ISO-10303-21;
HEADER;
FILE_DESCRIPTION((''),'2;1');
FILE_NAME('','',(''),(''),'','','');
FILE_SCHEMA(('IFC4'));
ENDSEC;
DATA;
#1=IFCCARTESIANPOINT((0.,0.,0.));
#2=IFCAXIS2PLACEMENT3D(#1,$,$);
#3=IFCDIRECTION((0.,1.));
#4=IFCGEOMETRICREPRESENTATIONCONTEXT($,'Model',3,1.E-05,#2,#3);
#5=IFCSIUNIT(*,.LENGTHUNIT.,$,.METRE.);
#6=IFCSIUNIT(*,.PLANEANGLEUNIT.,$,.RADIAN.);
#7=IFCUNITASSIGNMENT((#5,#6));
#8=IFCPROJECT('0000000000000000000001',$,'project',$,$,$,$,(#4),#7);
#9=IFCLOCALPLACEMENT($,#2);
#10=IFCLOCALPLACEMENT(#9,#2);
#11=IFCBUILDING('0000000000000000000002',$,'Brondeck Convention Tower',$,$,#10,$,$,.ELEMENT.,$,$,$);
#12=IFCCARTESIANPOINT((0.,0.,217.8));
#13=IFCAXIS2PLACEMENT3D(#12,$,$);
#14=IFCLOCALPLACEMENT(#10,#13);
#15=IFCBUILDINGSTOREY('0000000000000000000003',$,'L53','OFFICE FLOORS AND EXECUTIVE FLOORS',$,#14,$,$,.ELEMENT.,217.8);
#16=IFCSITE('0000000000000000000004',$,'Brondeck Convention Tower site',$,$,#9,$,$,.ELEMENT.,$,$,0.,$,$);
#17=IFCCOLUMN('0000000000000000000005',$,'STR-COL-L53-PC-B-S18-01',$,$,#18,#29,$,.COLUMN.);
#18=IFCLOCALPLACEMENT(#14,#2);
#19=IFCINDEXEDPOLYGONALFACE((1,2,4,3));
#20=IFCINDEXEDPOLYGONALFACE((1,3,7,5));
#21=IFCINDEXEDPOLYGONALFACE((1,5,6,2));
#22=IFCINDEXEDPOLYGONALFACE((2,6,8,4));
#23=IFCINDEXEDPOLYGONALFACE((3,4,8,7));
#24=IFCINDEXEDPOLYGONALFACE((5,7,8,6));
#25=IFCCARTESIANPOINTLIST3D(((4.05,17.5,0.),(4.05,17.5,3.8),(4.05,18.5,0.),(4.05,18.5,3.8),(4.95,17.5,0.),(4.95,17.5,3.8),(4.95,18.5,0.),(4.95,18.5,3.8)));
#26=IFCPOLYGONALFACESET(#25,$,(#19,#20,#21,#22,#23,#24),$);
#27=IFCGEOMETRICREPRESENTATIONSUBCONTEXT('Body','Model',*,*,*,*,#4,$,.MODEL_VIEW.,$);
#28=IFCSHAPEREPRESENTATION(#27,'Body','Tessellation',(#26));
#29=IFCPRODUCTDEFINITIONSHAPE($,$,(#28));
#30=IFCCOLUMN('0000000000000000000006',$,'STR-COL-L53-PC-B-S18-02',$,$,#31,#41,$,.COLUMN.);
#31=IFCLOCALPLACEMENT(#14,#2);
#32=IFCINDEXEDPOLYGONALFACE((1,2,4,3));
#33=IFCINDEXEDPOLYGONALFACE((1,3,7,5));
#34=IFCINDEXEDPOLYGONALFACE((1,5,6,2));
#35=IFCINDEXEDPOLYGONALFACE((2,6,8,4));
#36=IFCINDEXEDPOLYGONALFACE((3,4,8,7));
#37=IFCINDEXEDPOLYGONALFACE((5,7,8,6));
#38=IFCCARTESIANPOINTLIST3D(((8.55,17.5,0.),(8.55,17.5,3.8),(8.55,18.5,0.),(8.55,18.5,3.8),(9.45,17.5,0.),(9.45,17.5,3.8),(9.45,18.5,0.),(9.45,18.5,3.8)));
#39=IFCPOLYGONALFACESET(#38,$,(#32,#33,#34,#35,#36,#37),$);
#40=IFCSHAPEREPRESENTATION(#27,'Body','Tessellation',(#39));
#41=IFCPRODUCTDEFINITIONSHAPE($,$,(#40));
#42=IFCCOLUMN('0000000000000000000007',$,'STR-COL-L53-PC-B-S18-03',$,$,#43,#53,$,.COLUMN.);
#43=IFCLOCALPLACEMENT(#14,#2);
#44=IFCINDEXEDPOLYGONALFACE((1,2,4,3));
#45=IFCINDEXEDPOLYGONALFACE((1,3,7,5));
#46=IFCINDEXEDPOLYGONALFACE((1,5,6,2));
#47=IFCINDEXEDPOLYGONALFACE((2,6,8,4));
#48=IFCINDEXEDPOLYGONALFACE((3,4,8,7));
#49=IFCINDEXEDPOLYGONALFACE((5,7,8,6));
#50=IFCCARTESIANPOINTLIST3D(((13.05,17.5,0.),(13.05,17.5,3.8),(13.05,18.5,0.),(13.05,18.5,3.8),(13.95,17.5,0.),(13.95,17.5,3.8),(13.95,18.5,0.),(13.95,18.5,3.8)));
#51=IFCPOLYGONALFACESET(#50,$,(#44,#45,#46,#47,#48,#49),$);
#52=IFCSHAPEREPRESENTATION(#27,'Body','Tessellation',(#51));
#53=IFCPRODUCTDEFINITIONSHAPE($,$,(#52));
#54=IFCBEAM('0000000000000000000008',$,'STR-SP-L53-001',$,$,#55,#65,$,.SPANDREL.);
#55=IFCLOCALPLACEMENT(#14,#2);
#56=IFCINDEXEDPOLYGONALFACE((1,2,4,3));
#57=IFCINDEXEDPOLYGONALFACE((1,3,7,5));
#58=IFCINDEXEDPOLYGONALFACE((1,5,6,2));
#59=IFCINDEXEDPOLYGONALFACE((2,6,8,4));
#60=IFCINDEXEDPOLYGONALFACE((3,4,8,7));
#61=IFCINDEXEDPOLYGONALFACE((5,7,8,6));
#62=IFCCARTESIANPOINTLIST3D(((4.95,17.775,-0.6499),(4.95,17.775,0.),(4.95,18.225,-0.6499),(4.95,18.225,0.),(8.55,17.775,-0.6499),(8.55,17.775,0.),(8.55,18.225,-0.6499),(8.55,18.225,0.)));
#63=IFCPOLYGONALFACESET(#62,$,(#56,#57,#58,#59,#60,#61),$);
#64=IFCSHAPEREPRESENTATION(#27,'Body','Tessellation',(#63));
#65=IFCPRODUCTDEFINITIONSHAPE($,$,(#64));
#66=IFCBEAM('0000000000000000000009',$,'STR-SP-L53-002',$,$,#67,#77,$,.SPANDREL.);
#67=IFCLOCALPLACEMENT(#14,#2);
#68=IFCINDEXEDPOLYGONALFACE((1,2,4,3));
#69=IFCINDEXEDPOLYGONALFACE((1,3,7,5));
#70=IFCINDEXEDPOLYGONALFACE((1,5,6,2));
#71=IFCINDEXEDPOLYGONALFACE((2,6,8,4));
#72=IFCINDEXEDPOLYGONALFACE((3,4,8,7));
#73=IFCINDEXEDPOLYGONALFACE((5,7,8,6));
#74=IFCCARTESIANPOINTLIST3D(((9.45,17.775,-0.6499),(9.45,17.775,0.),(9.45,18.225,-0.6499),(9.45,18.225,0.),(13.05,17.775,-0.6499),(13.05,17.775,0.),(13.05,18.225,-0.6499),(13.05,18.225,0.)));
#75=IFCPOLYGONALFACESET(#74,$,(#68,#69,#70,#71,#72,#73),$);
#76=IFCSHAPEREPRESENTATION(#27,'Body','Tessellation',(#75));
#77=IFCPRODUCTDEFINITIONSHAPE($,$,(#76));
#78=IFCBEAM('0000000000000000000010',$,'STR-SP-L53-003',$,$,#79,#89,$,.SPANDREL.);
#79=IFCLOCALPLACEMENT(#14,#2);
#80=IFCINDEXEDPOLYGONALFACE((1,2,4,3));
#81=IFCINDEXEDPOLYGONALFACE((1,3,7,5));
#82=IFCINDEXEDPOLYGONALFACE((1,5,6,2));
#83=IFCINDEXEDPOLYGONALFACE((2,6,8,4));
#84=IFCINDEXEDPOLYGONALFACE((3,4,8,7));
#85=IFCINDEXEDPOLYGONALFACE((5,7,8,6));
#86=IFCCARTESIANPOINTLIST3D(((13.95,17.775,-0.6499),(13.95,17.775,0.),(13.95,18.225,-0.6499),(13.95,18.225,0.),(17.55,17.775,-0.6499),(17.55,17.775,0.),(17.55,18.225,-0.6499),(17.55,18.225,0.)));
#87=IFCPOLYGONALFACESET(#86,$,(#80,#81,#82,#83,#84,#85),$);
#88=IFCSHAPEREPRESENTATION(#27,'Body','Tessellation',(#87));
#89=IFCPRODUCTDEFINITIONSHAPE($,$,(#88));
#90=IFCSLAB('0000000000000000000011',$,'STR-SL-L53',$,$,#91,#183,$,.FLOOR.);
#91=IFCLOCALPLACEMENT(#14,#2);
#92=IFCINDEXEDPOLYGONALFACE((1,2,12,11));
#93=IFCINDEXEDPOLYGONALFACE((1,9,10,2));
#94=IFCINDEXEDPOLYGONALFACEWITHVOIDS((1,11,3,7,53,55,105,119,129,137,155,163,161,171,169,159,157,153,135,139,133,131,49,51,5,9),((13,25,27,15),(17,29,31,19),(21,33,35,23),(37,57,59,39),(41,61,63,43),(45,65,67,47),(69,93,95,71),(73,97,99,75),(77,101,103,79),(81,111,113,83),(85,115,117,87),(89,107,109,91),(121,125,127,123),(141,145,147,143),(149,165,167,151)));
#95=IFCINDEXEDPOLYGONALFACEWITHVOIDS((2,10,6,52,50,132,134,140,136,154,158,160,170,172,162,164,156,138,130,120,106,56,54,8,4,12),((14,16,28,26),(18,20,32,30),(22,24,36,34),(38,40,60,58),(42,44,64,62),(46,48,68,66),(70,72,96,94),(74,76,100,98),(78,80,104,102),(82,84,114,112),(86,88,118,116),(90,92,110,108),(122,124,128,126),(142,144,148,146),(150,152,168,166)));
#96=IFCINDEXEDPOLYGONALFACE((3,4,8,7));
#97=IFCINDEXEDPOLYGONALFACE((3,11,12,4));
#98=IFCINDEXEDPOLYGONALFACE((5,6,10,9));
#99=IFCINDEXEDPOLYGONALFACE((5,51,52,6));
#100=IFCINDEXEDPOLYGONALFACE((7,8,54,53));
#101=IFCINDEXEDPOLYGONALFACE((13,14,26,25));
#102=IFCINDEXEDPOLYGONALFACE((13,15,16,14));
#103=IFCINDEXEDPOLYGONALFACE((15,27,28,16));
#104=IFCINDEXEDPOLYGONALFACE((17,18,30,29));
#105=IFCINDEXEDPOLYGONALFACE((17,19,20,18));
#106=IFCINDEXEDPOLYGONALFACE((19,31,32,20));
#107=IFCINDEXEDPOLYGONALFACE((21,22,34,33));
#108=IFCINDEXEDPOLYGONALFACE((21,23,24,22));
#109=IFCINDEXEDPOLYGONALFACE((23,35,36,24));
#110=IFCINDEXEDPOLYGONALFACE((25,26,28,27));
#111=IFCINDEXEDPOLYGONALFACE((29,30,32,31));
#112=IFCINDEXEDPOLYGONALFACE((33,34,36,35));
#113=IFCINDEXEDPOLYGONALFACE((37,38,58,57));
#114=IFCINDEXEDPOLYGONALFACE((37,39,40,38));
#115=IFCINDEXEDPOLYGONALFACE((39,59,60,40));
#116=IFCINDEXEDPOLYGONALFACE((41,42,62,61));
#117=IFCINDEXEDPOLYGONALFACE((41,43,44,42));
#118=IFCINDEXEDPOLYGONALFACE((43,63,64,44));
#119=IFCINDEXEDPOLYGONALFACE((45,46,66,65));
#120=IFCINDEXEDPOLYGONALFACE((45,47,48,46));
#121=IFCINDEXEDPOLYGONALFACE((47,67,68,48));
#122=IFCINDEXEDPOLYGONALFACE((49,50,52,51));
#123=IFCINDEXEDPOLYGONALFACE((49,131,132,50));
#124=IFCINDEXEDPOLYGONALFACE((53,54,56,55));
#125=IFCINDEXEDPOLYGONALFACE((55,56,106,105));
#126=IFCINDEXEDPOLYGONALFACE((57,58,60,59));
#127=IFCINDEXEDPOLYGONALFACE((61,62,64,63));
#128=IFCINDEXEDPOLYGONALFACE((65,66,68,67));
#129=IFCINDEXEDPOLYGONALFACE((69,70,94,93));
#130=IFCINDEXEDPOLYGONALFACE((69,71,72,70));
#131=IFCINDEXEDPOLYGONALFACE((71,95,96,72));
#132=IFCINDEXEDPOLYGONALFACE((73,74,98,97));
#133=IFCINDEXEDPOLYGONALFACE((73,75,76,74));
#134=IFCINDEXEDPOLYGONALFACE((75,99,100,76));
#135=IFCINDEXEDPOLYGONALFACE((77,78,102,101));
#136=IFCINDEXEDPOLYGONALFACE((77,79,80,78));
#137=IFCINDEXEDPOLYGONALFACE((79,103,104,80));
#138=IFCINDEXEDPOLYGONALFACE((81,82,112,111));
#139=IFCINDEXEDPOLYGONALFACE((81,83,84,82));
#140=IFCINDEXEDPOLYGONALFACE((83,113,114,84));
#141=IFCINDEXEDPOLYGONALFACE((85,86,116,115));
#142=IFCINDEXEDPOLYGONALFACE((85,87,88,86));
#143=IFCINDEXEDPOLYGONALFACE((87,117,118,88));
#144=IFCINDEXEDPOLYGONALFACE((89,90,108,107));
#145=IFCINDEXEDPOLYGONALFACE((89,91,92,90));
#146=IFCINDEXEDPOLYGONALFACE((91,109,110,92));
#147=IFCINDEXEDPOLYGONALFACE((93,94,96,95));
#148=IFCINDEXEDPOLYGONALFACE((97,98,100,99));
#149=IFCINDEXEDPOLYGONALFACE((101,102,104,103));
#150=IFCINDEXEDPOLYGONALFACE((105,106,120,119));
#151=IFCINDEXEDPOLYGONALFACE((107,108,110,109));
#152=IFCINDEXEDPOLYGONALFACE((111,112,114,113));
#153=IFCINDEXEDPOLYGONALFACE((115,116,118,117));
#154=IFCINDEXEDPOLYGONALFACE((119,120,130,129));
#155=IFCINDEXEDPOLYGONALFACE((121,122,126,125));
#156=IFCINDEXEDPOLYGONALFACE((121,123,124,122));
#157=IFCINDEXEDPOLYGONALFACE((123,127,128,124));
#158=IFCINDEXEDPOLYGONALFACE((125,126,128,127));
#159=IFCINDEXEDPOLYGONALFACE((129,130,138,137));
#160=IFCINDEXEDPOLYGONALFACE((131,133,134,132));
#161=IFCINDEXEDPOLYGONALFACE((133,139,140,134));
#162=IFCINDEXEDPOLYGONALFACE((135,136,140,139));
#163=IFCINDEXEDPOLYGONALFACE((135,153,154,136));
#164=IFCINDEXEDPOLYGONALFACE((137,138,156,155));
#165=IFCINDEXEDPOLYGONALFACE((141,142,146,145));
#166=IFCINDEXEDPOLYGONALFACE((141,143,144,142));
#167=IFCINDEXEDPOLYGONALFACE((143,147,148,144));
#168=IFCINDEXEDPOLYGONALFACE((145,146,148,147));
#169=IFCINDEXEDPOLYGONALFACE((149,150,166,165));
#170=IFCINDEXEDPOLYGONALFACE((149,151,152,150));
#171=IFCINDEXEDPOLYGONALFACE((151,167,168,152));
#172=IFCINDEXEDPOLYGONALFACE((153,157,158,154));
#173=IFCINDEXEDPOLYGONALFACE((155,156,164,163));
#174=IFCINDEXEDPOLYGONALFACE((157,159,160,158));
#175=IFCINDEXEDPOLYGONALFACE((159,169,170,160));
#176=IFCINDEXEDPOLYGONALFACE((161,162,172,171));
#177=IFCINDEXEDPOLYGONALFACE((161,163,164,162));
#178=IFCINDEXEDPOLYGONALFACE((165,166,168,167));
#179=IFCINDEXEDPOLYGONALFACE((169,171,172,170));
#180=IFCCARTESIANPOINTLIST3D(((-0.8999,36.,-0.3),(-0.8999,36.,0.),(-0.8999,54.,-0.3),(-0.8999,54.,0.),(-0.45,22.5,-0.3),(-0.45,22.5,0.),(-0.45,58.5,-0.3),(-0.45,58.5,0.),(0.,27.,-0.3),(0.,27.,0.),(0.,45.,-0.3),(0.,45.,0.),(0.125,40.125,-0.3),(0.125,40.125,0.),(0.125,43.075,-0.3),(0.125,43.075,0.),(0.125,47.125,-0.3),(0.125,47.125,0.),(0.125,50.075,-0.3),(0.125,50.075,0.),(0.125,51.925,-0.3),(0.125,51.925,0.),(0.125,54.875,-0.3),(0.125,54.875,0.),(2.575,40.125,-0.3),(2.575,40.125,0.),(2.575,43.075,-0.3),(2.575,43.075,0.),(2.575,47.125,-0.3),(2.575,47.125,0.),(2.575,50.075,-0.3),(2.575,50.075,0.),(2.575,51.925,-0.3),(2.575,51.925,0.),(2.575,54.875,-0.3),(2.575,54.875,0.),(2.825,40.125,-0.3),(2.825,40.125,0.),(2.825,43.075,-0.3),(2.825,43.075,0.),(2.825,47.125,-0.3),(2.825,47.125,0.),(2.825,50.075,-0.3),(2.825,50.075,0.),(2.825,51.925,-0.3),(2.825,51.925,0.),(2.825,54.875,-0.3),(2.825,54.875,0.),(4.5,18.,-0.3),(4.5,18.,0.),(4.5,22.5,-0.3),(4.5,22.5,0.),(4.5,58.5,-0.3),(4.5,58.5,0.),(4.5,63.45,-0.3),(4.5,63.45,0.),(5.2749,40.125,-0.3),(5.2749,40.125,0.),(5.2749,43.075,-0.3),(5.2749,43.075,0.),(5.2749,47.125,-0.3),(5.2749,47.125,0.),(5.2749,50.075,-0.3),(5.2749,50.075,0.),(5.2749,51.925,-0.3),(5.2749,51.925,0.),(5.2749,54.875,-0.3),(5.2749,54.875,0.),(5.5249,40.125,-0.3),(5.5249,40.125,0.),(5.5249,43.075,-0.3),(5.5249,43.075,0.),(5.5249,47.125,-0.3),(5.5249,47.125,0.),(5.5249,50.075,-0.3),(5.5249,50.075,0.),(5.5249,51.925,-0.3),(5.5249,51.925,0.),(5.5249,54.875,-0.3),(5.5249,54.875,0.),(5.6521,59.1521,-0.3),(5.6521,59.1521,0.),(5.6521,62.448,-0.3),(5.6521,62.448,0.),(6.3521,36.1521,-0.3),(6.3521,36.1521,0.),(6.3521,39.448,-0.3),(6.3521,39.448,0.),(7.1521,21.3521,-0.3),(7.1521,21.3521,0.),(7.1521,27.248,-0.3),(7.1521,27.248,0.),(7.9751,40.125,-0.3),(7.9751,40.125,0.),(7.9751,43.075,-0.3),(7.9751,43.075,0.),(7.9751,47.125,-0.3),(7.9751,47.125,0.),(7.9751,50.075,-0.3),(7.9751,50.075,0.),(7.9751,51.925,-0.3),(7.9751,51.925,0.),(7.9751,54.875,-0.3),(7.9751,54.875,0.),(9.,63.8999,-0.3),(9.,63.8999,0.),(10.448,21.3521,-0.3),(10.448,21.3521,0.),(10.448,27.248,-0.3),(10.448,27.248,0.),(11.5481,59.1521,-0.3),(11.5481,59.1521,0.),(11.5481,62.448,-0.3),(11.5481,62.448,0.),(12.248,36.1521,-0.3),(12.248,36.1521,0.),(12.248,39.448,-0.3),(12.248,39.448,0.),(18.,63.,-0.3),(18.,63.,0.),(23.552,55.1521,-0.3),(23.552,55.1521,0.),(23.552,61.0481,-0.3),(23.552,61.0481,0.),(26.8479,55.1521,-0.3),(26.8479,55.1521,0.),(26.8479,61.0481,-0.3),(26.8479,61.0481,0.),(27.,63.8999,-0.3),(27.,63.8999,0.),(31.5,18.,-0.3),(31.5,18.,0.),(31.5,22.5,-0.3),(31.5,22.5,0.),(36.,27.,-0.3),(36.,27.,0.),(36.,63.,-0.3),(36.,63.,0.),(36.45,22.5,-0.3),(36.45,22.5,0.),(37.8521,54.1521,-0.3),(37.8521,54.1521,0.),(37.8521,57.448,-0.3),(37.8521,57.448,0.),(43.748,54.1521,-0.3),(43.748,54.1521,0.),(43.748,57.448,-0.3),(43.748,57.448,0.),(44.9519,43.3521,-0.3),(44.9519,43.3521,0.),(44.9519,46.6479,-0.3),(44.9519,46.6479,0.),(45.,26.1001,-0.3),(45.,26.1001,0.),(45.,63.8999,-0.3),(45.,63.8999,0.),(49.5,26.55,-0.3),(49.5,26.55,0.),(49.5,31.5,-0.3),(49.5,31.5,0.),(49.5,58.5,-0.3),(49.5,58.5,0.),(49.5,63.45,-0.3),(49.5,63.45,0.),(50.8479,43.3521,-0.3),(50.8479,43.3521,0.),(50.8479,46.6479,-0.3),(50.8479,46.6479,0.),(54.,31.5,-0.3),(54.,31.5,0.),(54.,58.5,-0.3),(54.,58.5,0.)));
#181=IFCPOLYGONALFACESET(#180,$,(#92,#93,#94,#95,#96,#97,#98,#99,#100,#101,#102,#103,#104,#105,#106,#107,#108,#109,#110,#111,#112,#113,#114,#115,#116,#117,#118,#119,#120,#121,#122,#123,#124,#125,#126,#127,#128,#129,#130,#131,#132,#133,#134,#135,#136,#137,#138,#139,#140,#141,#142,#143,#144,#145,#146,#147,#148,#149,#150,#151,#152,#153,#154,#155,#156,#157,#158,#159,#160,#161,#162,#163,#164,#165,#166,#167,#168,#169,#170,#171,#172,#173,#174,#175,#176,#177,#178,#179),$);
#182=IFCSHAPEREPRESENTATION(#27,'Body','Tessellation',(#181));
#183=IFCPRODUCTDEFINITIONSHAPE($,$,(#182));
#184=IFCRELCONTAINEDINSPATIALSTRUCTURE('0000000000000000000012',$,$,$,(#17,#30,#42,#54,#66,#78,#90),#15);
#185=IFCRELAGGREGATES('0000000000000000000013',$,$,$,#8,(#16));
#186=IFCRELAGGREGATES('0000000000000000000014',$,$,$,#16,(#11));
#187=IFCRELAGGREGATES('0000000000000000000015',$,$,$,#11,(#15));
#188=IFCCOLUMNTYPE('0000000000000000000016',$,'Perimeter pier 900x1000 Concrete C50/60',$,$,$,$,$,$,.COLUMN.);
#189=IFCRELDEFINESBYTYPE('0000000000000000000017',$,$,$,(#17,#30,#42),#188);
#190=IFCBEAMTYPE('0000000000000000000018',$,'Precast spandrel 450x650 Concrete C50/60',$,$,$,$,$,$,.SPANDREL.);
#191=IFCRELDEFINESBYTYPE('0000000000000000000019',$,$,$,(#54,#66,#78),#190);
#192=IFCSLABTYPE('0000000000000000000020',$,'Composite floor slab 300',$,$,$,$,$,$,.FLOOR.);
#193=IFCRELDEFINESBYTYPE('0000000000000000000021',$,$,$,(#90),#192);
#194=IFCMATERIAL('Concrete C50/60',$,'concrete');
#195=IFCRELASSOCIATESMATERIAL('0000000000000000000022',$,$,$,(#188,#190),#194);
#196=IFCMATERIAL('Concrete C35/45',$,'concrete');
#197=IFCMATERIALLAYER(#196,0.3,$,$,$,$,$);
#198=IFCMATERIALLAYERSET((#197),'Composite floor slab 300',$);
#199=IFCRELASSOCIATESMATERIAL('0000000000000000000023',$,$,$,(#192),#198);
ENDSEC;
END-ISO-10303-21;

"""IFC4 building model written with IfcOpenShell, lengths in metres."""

from ifc_helpers import new_model, si_unit, direction, frame, origin, origin_2d, place, context, subcontext, project, spatial, polyline, rectangle, outline, extrude, material, layer, layer_set, material_profile, profile_set, type_object, element, save


model = new_model("IFC4")

# Units and contexts
model_context = context("Model", 3, precision=1e-05, world=origin(), true_north=direction((0.0, 1.0)))
body_context = subcontext(model_context, "Body", "Model", "MODEL_VIEW")
ifc_project = project(units=[si_unit("LENGTHUNIT", "METRE"), si_unit("PLANEANGLEUNIT", "RADIAN")], contexts=[model_context])

# Site, building, storey
site_placement = place(None, origin())
site = spatial("IfcSite", under=ifc_project, at=site_placement, Name="Brondeck Convention Tower site", CompositionType="ELEMENT", RefElevation=0.0)
building_placement = place(site_placement, origin())
building = spatial("IfcBuilding", under=site, at=building_placement, Name="Brondeck Convention Tower", CompositionType="ELEMENT")
storey_placement = place(building_placement, frame((0.0, 0.0, 217.8)))
storey = spatial("IfcBuildingStorey", under=building, at=storey_placement, Name="L53", Description="OFFICE FLOORS AND EXECUTIVE FLOORS", CompositionType="ELEMENT", Elevation=217.8)

# Columns
ifc_material_1 = material(Name="Concrete C50/60", Category="concrete")
ifc_material_profile_1 = material_profile(ifc_material_1, rectangle(XDim=0.8999, YDim=1.0, at=origin_2d()), Name="Perimeter pier 900x1000 Concrete C50/60")
ifc_profile_set_1 = profile_set([ifc_material_profile_1], Name="Concrete C50/60")
column_type = type_object("IfcColumnType", Name="Perimeter pier 900x1000 Concrete C50/60", PredefinedType="COLUMN", material=ifc_profile_set_1)
for number, where, z_axis, x_axis, name in (
    (1, (4.5, 18.0, 0.0), (0.0, 0.0, 1.0), (1.0, 0.0, 0.0), "STR-COL-L53-PC-B-S18-01"),
    (2, (9.0, 18.0, 0.0), (0.0, 0.0, 1.0), (1.0, 0.0, 0.0), "STR-COL-L53-PC-B-S18-02"),
    (3, (13.5, 18.0, 0.0), (0.0, 0.0, 1.0), (1.0, 0.0, 0.0), "STR-COL-L53-PC-B-S18-03"),
):
    element("IfcColumn", number, at=place(storey_placement, frame(where, z_axis=z_axis, x_axis=x_axis)), inside=storey, type_object=column_type, Name=name, PredefinedType="COLUMN", context=body_context, shape_type="SweptSolid", body=[
        extrude(rectangle(XDim=0.8999, YDim=1.0, at=origin_2d()), origin(), (0.0, 0.0, 1.0), 3.8),
    ])

# Beams
ifc_material_profile_2 = material_profile(ifc_material_1, rectangle(XDim=0.45, YDim=0.6499, at=origin_2d()), Name="Precast spandrel 450x650 Concrete C50/60")
ifc_profile_set_2 = profile_set([ifc_material_profile_2], Name="Concrete C50/60")
beam_type = type_object("IfcBeamType", Name="Precast spandrel 450x650 Concrete C50/60", PredefinedType="SPANDREL", material=ifc_profile_set_2)
for number, where, z_axis, x_axis, name in (
    (4, (4.95, 18.0, -0.325), (1.0, 0.0, 0.0), (0.0, 1.0, 0.0), "STR-SP-L53-001"),
    (5, (9.45, 18.0, -0.325), (1.0, 0.0, 0.0), (0.0, 1.0, 0.0), "STR-SP-L53-002"),
    (6, (13.95, 18.0, -0.325), (1.0, 0.0, 0.0), (0.0, 1.0, 0.0), "STR-SP-L53-003"),
):
    element("IfcBeam", number, at=place(storey_placement, frame(where, z_axis=z_axis, x_axis=x_axis)), inside=storey, type_object=beam_type, Name=name, PredefinedType="SPANDREL", context=body_context, shape_type="SweptSolid", body=[
        extrude(rectangle(XDim=0.45, YDim=0.6499, at=origin_2d()), origin(), (0.0, 0.0, 1.0), 3.6001),
    ])

# Slab
ifc_material_2 = material(Name="Concrete C35/45", Category="concrete")
ifc_layer_1 = layer(ifc_material_2, 0.3)
ifc_layer_set_1 = layer_set([ifc_layer_1], Name="Composite floor slab 300")
slab_type_1 = type_object("IfcSlabType", Name="Composite floor slab 300", PredefinedType="FLOOR", material=ifc_layer_set_1)
slab_1_placement = place(storey_placement, frame((0.0, 0.0, -0.3)))
element("IfcSlab", 7, at=slab_1_placement, inside=storey, type_object=slab_type_1, Name="STR-SL-L53", PredefinedType="FLOOR", context=body_context, shape_type="SweptSolid", body=[
    extrude(outline(polyline([(4.5, 22.5), (-0.45, 22.5), (0.0, 27.0), (-0.8999, 36.0), (0.0, 45.0), (-0.8999, 54.0), (-0.45, 58.5), (4.5, 58.5), (4.5, 63.45), (9.0, 63.8999), (18.0, 63.0), (27.0, 63.8999), (36.0, 63.0), (45.0, 63.8999), (49.5, 63.45), (49.5, 58.5), (54.0, 58.5), (54.0, 31.5), (49.5, 31.5), (49.5, 26.55), (45.0, 26.1001), (36.0, 27.0), (36.45, 22.5), (31.5, 22.5), (31.5, 18.0), (4.5, 18.0), (4.5, 22.5)]), holes=[polyline([(2.575, 43.075), (0.125, 43.075), (0.125, 40.125), (2.575, 40.125), (2.575, 43.075)]), polyline([(5.2749, 40.125), (5.2749, 43.075), (2.825, 43.075), (2.825, 40.125), (5.2749, 40.125)]), polyline([(7.9751, 40.125), (7.9751, 43.075), (5.5249, 43.075), (5.5249, 40.125), (7.9751, 40.125)]), polyline([(2.575, 47.125), (2.575, 50.075), (0.125, 50.075), (0.125, 47.125), (2.575, 47.125)]), polyline([(5.2749, 47.125), (5.2749, 50.075), (2.825, 50.075), (2.825, 47.125), (5.2749, 47.125)]), polyline([(7.9751, 47.125), (7.9751, 50.075), (5.5249, 50.075), (5.5249, 47.125), (7.9751, 47.125)]), polyline([(2.575, 51.925), (2.575, 54.875), (0.125, 54.875), (0.125, 51.925), (2.575, 51.925)]), polyline([(5.2749, 51.925), (5.2749, 54.875), (2.825, 54.875), (2.825, 51.925), (5.2749, 51.925)]), polyline([(10.448, 27.248), (7.1521, 27.248), (7.1521, 21.3521), (10.448, 21.3521), (10.448, 27.248)]), polyline([(12.248, 36.1521), (12.248, 39.448), (6.3521, 39.448), (6.3521, 36.1521), (12.248, 36.1521)]), polyline([(50.8479, 43.3521), (50.8479, 46.6479), (44.9519, 46.6479), (44.9519, 43.3521), (50.8479, 43.3521)]), polyline([(7.9751, 51.925), (7.9751, 54.875), (5.5249, 54.875), (5.5249, 51.925), (7.9751, 51.925)]), polyline([(43.748, 54.1521), (43.748, 57.448), (37.8521, 57.448), (37.8521, 54.1521), (43.748, 54.1521)]), polyline([(23.552, 55.1521), (26.8479, 55.1521), (26.8479, 61.0481), (23.552, 61.0481), (23.552, 55.1521)]), polyline([(5.6521, 62.448), (5.6521, 59.1521), (11.5481, 59.1521), (11.5481, 62.448), (5.6521, 62.448)])]), origin(), (0.0, 0.0, 1.0), 0.3),
])

save(model, "model.ifc")
